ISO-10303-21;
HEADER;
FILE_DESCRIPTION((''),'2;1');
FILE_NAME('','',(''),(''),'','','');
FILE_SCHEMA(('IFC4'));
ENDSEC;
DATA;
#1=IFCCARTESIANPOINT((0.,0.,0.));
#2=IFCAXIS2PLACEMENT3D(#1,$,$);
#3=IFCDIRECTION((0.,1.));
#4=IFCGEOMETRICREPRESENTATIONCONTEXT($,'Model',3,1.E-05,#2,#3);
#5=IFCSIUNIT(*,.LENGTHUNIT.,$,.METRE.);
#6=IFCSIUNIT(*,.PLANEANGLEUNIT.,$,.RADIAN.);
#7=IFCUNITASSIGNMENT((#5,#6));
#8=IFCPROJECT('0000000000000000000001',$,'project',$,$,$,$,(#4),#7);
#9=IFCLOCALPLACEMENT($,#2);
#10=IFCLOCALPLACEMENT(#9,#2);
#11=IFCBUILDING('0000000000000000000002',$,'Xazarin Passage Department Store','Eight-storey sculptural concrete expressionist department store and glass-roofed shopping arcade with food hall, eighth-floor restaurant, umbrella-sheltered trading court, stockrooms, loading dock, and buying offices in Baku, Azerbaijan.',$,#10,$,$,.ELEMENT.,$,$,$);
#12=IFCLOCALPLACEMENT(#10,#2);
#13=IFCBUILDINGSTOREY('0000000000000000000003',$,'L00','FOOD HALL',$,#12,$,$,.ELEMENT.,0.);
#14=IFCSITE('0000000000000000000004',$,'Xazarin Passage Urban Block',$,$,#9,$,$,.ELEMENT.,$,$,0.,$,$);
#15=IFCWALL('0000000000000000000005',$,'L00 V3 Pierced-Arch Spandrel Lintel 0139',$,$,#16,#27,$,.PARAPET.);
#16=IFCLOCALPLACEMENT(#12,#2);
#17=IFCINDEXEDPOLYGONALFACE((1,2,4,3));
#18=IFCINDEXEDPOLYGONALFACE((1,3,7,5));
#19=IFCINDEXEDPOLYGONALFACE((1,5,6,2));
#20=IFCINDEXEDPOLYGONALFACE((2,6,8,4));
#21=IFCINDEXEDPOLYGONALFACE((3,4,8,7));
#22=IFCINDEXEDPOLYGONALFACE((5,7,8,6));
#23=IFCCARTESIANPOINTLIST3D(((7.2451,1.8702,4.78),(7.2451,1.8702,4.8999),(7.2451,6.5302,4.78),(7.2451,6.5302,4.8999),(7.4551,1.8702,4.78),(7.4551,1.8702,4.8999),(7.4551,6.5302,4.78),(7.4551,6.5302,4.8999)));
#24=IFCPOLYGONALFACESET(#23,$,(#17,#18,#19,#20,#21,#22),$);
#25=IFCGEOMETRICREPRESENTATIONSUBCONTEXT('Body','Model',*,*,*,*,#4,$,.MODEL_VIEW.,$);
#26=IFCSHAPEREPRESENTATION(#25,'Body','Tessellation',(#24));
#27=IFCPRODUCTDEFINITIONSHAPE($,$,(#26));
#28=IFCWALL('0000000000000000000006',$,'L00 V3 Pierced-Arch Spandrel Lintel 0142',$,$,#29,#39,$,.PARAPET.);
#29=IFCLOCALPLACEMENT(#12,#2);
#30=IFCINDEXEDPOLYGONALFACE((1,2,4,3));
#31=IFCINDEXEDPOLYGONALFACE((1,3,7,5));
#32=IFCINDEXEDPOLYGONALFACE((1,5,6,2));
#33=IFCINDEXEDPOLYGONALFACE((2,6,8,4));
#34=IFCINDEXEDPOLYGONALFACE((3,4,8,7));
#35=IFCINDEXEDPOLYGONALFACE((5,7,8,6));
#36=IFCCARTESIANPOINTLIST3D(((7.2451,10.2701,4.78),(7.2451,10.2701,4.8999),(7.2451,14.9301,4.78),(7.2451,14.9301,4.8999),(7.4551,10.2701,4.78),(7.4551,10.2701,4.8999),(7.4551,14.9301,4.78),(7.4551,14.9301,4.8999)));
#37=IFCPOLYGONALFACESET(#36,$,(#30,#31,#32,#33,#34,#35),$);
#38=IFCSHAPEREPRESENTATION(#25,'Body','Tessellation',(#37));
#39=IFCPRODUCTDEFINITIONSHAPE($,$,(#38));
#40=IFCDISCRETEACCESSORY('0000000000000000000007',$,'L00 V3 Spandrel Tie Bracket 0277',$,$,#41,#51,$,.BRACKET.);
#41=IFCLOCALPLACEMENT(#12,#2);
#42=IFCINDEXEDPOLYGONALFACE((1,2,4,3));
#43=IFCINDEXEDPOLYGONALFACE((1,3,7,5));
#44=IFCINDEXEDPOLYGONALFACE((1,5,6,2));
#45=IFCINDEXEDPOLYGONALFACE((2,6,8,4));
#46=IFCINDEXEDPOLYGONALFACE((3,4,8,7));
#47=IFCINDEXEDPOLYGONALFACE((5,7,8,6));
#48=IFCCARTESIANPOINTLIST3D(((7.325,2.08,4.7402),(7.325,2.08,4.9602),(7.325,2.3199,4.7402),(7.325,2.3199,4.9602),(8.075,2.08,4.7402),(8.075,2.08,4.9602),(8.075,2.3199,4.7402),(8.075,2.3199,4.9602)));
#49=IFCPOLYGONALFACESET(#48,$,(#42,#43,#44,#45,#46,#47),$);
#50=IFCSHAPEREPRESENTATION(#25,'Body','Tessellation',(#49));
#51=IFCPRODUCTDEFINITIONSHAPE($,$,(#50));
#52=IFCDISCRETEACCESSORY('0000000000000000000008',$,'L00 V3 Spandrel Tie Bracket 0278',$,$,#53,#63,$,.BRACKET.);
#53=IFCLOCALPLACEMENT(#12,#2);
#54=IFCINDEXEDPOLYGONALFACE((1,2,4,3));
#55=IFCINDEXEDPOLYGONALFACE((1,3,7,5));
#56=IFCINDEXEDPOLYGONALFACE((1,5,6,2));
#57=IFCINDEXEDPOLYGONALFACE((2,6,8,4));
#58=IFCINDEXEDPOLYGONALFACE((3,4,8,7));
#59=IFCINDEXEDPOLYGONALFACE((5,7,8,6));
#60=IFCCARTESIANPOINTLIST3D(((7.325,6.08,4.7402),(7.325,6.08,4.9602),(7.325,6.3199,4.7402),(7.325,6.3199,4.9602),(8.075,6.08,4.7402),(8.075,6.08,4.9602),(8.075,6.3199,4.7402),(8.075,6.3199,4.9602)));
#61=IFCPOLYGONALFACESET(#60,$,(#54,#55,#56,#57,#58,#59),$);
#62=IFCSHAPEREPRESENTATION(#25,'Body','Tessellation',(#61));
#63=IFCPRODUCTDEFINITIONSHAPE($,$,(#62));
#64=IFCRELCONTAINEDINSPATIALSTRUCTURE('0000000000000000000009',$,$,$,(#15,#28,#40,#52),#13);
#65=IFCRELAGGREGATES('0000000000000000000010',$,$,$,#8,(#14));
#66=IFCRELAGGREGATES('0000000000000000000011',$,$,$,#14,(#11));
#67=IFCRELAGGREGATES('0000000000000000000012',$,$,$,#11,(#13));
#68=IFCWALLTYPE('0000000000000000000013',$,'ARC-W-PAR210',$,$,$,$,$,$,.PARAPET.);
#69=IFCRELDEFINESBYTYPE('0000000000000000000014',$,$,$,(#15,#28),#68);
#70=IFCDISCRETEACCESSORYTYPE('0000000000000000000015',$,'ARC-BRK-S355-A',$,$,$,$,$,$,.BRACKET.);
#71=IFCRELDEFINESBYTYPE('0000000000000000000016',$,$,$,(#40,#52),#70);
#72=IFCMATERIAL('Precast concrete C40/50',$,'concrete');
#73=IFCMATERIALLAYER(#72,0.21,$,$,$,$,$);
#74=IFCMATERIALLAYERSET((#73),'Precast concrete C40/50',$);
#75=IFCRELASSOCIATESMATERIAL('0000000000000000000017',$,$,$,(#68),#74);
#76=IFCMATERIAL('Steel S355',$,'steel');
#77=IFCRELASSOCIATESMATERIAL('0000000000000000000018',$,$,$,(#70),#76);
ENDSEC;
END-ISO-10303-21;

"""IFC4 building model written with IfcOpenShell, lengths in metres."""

from ifc_helpers import new_model, si_unit, direction, frame, frame_2d, origin, origin_2d, place, context, subcontext, project, spatial, rectangle, extrude, material, layer, layer_set, type_object, element, save


model = new_model("IFC4")

# Units and contexts
model_context = context("Model", 3, precision=1e-05, world=origin(), true_north=direction((0.0, 1.0)))
body_context = subcontext(model_context, "Body", "Model", "MODEL_VIEW")
ifc_project = project(units=[si_unit("LENGTHUNIT", "METRE"), si_unit("PLANEANGLEUNIT", "RADIAN")], contexts=[model_context])

# Site, building, storey
site_placement = place(None, origin())
site = spatial("IfcSite", under=ifc_project, at=site_placement, Name="Xazarin Passage Urban Block", CompositionType="ELEMENT", RefElevation=0.0)
building_placement = place(site_placement, origin())
building = spatial("IfcBuilding", under=site, at=building_placement, Name="Xazarin Passage Department Store", Description="Eight-storey sculptural concrete expressionist department store and glass-roofed shopping arcade with food hall, eighth-floor restaurant, umbrella-sheltered trading court, stockrooms, loading dock, and buying offices in Baku, Azerbaijan.", CompositionType="ELEMENT")
storey_placement = place(building_placement, origin())
storey = spatial("IfcBuildingStorey", under=building, at=storey_placement, Name="L00", Description="FOOD HALL", CompositionType="ELEMENT", Elevation=0.0)

# Shared definitions
ifc_material_1 = material(Name="Precast concrete C40/50", Category="concrete")

# Walls
ifc_layer_1 = layer(ifc_material_1, 0.21)
ifc_layer_set_1 = layer_set([ifc_layer_1], Name="Precast concrete C40/50")
wall_type_1 = type_object("IfcWallType", Name="ARC-W-PAR210", PredefinedType="PARAPET", material=ifc_layer_set_1)
for number, where, z_axis, x_axis, name in (
    (1, (7.3501, 1.8701, 4.78), (0.0, 0.0, 1.0), (0.0, 1.0, 0.0), "L00 V3 Pierced-Arch Spandrel Lintel 0139"),
    (2, (7.3501, 10.27, 4.78), (0.0, 0.0, 1.0), (0.0, 1.0, 0.0), "L00 V3 Pierced-Arch Spandrel Lintel 0142"),
):
    element("IfcWall", number, at=place(storey_placement, frame(where, z_axis=z_axis, x_axis=x_axis)), inside=storey, type_object=wall_type_1, Name=name, PredefinedType="PARAPET", context=body_context, shape_type="SweptSolid", body=[
        extrude(rectangle(XDim=4.6599, YDim=0.21, at=frame_2d((2.3301, 0.0))), origin(), (0.0, 0.0, 1.0), 0.1199),
    ])

# Discrete accessories
ifc_material_2 = material(Name="Steel S355", Category="steel")
discrete_accessory_type = type_object("IfcDiscreteAccessoryType", Name="ARC-BRK-S355-A", PredefinedType="BRACKET", material=ifc_material_2)
for number, where, z_axis, x_axis, name in (
    (3, (7.7, 2.2, 4.7402), (0.0, 0.0, 1.0), (0.0, 1.0, 0.0), "L00 V3 Spandrel Tie Bracket 0277"),
    (4, (7.7, 6.2, 4.7402), (0.0, 0.0, 1.0), (0.0, 1.0, 0.0), "L00 V3 Spandrel Tie Bracket 0278"),
):
    element("IfcDiscreteAccessory", number, at=place(storey_placement, frame(where, z_axis=z_axis, x_axis=x_axis)), inside=storey, type_object=discrete_accessory_type, Name=name, PredefinedType="BRACKET", context=body_context, shape_type="SweptSolid", body=[
        extrude(rectangle(XDim=0.24, YDim=0.75, at=origin_2d()), origin(), (0.0, 0.0, 1.0), 0.22),
    ])

save(model, "model.ifc")
